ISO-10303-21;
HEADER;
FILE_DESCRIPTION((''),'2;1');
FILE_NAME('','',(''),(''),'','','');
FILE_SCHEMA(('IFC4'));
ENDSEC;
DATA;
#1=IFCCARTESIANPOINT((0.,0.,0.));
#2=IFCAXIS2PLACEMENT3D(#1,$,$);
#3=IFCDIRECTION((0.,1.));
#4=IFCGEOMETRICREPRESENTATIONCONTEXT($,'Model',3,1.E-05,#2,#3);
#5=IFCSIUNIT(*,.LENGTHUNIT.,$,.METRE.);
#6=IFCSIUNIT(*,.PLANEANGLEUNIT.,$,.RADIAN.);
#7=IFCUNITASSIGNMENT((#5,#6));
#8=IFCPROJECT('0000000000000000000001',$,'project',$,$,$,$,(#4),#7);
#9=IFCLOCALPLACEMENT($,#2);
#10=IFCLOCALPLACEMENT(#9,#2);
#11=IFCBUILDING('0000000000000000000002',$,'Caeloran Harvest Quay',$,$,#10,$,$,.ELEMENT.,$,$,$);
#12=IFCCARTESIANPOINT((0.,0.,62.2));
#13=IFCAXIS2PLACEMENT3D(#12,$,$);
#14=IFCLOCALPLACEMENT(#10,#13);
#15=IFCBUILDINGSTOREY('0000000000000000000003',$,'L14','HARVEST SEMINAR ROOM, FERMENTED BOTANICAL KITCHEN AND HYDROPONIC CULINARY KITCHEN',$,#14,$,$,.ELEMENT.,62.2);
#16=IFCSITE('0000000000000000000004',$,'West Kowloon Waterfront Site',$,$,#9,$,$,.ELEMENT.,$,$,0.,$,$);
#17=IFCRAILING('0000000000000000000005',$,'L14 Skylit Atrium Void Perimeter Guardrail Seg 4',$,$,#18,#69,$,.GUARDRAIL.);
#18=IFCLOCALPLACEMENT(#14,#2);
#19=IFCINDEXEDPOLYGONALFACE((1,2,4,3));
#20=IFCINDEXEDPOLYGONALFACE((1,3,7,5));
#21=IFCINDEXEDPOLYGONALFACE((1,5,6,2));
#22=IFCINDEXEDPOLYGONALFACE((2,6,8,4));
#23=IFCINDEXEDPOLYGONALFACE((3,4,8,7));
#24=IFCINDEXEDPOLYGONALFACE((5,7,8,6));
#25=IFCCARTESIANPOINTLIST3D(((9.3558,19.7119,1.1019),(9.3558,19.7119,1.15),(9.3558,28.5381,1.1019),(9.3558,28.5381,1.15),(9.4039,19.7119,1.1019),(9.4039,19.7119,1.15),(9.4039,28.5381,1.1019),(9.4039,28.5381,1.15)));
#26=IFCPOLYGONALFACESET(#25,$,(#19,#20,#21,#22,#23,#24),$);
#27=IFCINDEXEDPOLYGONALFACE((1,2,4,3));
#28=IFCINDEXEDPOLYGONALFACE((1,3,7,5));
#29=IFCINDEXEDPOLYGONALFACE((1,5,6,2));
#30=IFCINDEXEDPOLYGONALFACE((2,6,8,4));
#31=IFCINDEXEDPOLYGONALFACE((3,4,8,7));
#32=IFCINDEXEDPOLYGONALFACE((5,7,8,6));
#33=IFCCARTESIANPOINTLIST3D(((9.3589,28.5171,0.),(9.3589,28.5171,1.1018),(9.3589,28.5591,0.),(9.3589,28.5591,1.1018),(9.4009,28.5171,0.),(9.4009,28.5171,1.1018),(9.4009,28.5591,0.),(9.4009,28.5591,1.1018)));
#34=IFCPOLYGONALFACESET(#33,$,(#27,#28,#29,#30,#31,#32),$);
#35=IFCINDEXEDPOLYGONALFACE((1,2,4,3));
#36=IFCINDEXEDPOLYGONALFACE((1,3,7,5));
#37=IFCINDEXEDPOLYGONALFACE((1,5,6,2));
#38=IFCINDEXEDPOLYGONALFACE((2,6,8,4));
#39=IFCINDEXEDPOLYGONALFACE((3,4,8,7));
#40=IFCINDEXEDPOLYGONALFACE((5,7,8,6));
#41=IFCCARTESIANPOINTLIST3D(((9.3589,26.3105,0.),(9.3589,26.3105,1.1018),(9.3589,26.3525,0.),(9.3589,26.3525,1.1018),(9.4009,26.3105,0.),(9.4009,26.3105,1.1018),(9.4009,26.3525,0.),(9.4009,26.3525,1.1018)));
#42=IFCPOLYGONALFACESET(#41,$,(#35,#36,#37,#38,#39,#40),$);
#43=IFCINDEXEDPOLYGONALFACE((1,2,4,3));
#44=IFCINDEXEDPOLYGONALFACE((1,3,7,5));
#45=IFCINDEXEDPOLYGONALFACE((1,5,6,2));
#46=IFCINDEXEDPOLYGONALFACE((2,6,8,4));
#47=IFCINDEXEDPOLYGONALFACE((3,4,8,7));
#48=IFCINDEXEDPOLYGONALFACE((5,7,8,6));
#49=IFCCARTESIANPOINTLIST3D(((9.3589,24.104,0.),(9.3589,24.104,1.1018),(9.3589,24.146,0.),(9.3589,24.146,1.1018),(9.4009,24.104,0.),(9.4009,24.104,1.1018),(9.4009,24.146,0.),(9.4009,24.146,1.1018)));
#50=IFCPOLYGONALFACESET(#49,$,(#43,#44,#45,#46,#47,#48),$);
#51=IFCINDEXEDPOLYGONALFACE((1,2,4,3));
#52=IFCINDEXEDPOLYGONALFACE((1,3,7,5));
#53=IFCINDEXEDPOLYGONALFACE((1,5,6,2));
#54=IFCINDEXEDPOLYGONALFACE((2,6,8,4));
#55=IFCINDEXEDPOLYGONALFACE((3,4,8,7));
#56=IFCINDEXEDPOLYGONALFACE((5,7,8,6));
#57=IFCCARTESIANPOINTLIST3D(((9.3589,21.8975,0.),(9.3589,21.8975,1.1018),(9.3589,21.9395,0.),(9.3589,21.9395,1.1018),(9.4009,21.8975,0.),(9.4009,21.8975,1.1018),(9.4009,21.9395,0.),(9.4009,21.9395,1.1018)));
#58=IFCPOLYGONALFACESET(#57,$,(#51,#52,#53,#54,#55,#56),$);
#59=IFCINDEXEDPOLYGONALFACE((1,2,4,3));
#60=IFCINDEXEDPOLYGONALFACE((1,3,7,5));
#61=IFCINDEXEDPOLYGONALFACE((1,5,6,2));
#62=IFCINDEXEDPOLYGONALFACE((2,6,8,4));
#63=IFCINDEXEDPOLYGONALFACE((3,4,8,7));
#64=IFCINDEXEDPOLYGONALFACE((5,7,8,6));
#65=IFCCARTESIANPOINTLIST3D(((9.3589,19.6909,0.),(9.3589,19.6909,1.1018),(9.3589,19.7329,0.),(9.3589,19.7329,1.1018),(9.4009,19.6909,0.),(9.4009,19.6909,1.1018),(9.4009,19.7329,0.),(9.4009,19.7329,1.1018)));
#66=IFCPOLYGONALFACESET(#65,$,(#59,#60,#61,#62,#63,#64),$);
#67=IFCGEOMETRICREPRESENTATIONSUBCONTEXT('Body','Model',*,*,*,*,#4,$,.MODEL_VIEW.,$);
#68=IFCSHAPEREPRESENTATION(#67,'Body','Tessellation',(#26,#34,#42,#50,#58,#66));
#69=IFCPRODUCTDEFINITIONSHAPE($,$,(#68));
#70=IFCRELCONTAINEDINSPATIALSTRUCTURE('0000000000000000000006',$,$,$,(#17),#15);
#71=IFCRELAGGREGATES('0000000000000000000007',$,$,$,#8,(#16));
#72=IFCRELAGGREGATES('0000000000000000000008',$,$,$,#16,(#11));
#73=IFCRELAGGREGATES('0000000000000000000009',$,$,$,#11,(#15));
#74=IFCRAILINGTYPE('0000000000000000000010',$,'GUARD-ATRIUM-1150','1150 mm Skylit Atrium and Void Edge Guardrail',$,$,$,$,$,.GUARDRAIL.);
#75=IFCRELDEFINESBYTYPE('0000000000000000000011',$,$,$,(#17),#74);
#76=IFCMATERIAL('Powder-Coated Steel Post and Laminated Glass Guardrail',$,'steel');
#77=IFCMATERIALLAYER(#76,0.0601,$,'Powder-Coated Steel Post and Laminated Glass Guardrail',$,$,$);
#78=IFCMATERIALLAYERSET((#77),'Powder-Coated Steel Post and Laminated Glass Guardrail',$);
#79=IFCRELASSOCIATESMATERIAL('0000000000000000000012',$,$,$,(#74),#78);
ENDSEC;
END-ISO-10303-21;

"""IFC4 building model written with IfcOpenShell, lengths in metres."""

from ifc_helpers import new_model, si_unit, direction, frame, origin, origin_2d, place, context, subcontext, project, spatial, rectangle, extrude, material, layer, layer_set, type_object, element, save


model = new_model("IFC4")

# Units and contexts
model_context = context("Model", 3, precision=1e-05, world=origin(), true_north=direction((0.0, 1.0)))
body_context = subcontext(model_context, "Body", "Model", "MODEL_VIEW")
ifc_project = project(units=[si_unit("LENGTHUNIT", "METRE"), si_unit("PLANEANGLEUNIT", "RADIAN")], contexts=[model_context])

# Site, building, storey
site_placement = place(None, origin())
site = spatial("IfcSite", under=ifc_project, at=site_placement, Name="West Kowloon Waterfront Site", CompositionType="ELEMENT", RefElevation=0.0)
building_placement = place(site_placement, origin())
building = spatial("IfcBuilding", under=site, at=building_placement, Name="Caeloran Harvest Quay", CompositionType="ELEMENT")
storey_placement = place(building_placement, frame((0.0, 0.0, 62.2)))
storey = spatial("IfcBuildingStorey", under=building, at=storey_placement, Name="L14", Description="HARVEST SEMINAR ROOM, FERMENTED BOTANICAL KITCHEN AND HYDROPONIC CULINARY KITCHEN", CompositionType="ELEMENT", Elevation=62.2)

# Railing
ifc_material_1 = material(Name="Powder-Coated Steel Post and Laminated Glass Guardrail", Category="steel")
ifc_layer_1 = layer(ifc_material_1, 0.0601, Name="Powder-Coated Steel Post and Laminated Glass Guardrail")
ifc_layer_set_1 = layer_set([ifc_layer_1], Name="Powder-Coated Steel Post and Laminated Glass Guardrail")
railing_type = type_object("IfcRailingType", Name="GUARD-ATRIUM-1150", Description="1150 mm Skylit Atrium and Void Edge Guardrail", PredefinedType="GUARDRAIL", material=ifc_layer_set_1)
railing_placement = place(storey_placement, frame((9.3799, 28.5381, 0.0)))
element("IfcRailing", 1, at=railing_placement, inside=storey, type_object=railing_type, Name="L14 Skylit Atrium Void Perimeter Guardrail Seg 4", PredefinedType="GUARDRAIL", context=body_context, shape_type="SweptSolid", body=[
    extrude(rectangle(XDim=0.0481, YDim=0.0481, at=origin_2d()), frame((0.0, 0.0, 1.126), z_axis=(0.0, -1.0, 0.0), x_axis=(1.0, 0.0, 0.0)), (0.0, 0.0, 1.0), 8.8262),
    extrude(rectangle(XDim=0.042, YDim=0.042, at=origin_2d()), origin(), (0.0, 0.0, 1.0), 1.1018),
    extrude(rectangle(XDim=0.042, YDim=0.042, at=origin_2d()), frame((0.0, -2.2065, 0.0)), (0.0, 0.0, 1.0), 1.1018),
    extrude(rectangle(XDim=0.042, YDim=0.042, at=origin_2d()), frame((0.0, -4.4131, 0.0)), (0.0, 0.0, 1.0), 1.1018),
    extrude(rectangle(XDim=0.042, YDim=0.042, at=origin_2d()), frame((0.0, -6.6196, 0.0)), (0.0, 0.0, 1.0), 1.1018),
    extrude(rectangle(XDim=0.042, YDim=0.042, at=origin_2d()), frame((0.0, -8.8262, 0.0)), (0.0, 0.0, 1.0), 1.1018),
])

save(model, "model.ifc")
